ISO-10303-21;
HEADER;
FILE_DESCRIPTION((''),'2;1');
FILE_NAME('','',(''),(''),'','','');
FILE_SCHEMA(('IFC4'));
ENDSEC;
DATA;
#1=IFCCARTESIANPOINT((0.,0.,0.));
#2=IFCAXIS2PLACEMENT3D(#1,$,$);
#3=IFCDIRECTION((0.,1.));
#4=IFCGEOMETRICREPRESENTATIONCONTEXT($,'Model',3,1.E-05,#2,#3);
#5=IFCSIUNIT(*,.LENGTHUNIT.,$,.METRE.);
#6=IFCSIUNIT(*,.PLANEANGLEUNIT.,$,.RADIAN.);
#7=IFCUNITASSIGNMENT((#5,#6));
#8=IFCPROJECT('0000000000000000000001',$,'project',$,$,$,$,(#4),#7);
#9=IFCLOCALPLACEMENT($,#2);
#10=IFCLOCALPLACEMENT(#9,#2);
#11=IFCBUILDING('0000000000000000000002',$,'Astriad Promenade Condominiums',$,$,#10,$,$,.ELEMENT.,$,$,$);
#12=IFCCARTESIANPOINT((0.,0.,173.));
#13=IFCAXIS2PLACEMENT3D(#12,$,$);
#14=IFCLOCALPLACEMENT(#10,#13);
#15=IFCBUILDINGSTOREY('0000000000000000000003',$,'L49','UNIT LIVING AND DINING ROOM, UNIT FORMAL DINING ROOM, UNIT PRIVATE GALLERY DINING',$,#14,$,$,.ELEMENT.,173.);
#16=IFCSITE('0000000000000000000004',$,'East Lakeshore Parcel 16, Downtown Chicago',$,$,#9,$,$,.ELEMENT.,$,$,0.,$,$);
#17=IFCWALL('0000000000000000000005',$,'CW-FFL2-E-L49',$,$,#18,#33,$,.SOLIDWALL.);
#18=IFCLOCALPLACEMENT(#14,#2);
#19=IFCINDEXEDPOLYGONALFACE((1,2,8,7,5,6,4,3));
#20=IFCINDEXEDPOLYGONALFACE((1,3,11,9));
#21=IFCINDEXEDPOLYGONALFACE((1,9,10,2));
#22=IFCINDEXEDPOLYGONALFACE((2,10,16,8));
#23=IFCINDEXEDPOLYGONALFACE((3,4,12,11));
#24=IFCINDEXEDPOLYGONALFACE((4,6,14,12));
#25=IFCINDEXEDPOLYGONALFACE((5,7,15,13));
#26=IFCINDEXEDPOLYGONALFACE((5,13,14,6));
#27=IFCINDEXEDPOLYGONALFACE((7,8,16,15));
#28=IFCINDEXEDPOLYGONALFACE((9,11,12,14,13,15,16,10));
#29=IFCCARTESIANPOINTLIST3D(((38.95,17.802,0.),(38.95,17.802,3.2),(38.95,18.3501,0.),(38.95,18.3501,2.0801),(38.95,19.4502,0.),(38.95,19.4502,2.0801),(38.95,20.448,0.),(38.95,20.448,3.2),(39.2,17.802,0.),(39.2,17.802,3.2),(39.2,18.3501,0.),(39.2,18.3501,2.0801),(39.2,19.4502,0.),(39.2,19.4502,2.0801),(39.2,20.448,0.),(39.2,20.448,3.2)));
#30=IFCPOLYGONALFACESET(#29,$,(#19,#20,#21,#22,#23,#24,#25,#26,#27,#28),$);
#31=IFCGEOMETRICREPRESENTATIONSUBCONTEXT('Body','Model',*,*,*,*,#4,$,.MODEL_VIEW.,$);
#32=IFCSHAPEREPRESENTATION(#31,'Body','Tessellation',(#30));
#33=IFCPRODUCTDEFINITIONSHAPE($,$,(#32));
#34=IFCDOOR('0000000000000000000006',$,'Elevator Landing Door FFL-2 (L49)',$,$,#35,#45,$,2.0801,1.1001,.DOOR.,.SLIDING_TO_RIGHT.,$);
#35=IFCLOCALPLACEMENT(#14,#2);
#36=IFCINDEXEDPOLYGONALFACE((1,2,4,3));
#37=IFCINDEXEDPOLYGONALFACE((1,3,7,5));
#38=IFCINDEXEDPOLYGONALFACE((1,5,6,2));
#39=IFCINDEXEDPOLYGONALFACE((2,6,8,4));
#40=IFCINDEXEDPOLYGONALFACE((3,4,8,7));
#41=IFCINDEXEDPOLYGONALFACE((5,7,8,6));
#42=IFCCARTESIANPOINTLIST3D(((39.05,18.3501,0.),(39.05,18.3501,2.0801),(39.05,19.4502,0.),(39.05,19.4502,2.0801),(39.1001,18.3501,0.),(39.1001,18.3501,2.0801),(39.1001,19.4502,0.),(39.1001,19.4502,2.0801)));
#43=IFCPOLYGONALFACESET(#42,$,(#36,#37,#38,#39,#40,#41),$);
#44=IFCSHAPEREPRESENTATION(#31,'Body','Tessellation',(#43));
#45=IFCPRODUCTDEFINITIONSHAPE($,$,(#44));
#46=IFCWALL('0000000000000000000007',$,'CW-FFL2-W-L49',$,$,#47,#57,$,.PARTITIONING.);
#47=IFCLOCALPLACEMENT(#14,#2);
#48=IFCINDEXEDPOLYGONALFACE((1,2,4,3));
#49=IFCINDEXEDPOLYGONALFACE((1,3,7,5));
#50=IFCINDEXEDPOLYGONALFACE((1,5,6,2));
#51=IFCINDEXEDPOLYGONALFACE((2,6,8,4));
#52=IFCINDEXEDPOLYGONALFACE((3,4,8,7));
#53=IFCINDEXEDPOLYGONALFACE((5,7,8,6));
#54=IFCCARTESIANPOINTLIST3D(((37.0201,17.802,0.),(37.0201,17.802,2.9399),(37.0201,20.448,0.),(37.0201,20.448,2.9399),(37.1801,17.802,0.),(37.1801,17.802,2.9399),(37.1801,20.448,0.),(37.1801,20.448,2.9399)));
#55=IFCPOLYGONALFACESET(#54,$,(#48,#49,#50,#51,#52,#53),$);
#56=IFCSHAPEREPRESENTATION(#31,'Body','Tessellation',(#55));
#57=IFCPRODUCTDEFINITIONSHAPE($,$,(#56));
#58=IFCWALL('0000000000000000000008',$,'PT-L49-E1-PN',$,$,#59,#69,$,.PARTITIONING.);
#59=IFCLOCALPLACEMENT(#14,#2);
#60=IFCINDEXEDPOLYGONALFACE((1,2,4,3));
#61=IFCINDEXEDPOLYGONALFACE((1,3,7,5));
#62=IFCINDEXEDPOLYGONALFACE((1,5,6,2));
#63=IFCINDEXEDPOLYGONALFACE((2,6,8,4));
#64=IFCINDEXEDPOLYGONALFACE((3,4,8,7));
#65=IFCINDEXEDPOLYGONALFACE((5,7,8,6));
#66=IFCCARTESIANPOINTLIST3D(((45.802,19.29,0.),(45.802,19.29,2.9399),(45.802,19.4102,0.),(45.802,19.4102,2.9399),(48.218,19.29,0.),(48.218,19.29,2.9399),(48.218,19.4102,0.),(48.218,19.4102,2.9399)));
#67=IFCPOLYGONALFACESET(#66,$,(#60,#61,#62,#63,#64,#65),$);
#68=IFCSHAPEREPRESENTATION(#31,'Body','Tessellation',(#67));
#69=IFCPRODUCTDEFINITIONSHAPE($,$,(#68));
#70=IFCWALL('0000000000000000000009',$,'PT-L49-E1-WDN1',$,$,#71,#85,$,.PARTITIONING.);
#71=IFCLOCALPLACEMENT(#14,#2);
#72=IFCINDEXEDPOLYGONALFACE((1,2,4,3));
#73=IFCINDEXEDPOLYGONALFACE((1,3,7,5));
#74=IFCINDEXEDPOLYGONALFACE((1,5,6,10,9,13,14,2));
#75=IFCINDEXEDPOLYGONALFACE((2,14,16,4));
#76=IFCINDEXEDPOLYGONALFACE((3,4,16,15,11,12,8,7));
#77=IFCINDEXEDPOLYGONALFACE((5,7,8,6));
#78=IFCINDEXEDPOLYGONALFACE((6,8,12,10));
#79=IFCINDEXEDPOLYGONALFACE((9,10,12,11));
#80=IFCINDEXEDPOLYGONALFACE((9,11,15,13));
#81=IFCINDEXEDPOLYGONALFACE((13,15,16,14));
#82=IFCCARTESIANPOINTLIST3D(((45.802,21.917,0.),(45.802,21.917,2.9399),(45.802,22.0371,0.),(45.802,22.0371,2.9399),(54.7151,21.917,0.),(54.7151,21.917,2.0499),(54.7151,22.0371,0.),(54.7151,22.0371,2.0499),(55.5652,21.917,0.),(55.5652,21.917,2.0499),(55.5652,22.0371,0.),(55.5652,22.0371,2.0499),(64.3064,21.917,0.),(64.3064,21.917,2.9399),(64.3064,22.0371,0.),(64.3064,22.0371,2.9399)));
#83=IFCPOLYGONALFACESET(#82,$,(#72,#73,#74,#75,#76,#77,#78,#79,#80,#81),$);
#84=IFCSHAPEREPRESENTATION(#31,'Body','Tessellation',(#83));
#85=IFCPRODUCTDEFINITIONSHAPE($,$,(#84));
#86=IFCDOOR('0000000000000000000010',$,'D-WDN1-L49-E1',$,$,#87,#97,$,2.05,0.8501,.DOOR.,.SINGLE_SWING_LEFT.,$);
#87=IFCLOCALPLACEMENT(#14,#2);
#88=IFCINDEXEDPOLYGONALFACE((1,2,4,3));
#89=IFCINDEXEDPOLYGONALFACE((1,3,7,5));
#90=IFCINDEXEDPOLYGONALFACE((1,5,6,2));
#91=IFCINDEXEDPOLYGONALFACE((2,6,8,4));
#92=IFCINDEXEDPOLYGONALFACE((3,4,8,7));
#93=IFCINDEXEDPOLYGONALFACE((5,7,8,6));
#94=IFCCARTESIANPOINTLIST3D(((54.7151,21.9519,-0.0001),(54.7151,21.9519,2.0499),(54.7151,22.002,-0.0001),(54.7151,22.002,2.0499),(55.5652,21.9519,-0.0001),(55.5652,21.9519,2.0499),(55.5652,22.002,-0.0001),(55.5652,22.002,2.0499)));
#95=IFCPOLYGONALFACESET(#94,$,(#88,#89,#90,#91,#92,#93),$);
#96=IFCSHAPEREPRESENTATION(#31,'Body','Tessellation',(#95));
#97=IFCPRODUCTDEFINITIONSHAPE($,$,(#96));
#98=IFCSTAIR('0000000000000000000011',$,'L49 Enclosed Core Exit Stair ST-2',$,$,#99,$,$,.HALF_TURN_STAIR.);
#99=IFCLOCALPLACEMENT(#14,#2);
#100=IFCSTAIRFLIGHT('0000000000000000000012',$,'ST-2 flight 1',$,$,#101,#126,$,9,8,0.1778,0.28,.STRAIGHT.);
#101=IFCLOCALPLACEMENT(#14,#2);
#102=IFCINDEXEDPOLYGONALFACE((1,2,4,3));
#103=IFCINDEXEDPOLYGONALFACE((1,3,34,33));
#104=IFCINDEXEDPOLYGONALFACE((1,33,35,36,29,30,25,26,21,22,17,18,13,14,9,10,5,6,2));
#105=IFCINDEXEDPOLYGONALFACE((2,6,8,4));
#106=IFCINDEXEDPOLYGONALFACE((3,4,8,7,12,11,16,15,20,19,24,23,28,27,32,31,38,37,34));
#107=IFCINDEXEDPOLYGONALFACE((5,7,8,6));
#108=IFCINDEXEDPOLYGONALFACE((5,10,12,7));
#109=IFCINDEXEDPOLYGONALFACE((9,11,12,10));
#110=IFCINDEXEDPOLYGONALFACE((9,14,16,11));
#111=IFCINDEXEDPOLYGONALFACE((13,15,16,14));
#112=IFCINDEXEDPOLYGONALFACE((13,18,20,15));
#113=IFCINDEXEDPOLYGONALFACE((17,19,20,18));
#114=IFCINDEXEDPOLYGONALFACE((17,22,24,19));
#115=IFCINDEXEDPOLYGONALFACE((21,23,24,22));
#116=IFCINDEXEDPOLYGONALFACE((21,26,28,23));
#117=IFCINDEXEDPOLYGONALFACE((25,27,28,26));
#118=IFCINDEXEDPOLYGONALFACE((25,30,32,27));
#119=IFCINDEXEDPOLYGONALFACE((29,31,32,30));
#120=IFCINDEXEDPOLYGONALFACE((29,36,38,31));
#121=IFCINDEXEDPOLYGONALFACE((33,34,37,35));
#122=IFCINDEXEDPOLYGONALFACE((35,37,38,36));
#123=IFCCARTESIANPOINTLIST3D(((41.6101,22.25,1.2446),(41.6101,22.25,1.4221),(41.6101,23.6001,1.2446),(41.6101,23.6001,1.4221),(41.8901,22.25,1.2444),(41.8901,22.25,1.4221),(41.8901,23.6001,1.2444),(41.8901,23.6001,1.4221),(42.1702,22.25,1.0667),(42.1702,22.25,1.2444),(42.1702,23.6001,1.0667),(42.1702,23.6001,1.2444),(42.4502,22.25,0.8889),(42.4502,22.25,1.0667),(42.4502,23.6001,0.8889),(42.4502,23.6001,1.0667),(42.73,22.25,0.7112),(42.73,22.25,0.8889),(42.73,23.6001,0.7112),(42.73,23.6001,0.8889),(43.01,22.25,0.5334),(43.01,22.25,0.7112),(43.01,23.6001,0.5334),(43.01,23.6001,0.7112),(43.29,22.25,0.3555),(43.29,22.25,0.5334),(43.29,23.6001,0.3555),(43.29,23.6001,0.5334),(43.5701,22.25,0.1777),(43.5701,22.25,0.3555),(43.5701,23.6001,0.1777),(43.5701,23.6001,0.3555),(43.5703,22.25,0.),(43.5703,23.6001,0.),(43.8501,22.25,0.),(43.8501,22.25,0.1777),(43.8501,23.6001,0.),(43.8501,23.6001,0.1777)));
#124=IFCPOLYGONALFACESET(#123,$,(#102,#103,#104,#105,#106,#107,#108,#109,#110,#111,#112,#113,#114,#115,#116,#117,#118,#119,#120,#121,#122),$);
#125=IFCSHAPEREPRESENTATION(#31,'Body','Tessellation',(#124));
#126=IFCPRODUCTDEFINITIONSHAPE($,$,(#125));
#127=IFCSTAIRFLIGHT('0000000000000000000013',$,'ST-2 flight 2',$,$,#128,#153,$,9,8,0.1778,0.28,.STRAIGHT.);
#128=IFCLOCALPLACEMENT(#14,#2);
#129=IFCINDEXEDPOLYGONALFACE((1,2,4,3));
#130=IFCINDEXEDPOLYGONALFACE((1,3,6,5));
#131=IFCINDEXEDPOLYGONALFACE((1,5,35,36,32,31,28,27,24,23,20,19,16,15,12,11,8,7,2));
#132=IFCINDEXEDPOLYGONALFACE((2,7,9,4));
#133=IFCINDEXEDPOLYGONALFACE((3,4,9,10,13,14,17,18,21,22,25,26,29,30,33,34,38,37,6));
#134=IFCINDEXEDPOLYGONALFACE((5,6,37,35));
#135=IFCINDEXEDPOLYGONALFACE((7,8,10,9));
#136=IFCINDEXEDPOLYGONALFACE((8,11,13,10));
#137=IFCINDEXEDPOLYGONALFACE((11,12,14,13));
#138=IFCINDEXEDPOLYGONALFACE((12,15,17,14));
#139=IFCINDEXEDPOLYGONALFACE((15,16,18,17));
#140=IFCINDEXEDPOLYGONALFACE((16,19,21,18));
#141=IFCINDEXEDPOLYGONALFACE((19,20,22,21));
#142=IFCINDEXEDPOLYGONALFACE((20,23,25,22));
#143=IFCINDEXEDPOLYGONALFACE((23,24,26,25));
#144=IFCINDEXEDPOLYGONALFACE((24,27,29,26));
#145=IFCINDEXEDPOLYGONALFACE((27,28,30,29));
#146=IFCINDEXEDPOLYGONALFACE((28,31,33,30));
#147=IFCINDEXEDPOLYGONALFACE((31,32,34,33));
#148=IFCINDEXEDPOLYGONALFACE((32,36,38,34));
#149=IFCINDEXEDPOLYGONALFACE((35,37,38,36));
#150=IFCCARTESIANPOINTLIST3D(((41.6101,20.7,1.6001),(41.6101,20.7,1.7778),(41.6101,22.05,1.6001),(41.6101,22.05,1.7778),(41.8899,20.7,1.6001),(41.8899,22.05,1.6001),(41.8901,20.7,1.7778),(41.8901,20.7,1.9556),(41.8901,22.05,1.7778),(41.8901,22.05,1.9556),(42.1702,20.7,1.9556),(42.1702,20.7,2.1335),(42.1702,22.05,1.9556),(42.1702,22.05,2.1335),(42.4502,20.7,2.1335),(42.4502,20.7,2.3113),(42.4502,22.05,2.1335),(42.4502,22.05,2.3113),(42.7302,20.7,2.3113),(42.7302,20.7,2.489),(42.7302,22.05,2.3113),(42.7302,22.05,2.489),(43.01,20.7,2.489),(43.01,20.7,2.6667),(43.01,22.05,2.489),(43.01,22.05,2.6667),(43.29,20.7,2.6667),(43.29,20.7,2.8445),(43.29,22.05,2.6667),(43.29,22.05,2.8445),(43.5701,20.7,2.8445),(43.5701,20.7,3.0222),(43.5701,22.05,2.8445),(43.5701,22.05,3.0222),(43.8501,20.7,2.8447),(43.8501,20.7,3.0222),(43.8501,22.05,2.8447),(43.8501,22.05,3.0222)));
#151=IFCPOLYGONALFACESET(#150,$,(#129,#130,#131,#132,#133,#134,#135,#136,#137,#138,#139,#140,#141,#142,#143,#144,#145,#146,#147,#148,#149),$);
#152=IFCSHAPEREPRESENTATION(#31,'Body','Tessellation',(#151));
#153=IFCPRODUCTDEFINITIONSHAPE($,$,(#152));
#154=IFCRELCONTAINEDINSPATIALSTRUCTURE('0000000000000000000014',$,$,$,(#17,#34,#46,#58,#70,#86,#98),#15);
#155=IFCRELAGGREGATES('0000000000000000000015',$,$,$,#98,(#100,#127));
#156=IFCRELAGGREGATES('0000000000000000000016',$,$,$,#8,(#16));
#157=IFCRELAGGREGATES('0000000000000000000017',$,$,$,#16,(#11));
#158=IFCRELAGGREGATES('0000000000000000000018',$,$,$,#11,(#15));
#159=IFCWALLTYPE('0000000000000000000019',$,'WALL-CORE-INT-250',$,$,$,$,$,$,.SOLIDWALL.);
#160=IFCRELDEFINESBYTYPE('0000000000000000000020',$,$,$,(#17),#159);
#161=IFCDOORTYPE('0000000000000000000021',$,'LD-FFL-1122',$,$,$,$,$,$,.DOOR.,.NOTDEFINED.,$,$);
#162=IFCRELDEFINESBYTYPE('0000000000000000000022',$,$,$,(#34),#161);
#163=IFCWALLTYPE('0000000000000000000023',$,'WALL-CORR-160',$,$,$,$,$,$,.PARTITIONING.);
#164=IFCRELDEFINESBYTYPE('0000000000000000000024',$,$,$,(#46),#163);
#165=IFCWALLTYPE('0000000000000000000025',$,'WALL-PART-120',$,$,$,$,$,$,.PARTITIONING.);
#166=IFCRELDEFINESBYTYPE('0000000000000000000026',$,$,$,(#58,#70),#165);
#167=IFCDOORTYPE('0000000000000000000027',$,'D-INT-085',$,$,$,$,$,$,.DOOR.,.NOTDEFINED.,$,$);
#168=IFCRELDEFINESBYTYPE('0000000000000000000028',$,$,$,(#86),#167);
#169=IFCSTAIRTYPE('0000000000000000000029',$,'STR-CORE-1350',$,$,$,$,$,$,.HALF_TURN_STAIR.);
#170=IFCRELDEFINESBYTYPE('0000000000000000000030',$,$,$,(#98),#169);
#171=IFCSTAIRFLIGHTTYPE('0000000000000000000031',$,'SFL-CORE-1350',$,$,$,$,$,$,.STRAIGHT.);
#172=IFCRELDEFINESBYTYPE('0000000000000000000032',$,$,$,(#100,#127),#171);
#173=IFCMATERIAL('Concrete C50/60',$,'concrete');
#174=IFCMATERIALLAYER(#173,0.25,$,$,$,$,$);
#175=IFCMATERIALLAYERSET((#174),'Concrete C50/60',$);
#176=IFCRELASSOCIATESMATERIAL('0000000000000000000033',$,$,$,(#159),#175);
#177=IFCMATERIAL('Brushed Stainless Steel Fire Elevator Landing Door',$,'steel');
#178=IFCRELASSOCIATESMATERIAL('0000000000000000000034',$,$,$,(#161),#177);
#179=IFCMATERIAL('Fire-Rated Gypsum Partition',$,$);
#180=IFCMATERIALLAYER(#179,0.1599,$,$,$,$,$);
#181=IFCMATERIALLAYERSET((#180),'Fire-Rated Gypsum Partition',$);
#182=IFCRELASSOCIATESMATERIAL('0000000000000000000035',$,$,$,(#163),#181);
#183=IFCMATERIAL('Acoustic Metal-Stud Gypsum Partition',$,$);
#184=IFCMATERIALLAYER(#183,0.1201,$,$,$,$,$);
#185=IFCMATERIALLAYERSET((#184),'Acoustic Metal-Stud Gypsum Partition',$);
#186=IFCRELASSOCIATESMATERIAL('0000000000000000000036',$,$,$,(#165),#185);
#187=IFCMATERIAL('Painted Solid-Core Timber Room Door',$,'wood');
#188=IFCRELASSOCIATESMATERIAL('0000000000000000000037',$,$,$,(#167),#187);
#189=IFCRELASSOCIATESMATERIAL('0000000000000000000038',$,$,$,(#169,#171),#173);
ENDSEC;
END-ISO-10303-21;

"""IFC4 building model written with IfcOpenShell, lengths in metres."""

from ifc_helpers import new_model, si_unit, direction, frame, frame_2d, origin, place, context, subcontext, project, spatial, polyline, rectangle, outline, extrude, source, transform, mapped, material, layer, layer_set, type_object, type_shapes, element, fill, aggregate, save


model = new_model("IFC4")

# Units and contexts
model_context = context("Model", 3, precision=1e-05, world=origin(), true_north=direction((0.0, 1.0)))
body_context = subcontext(model_context, "Body", "Model", "MODEL_VIEW")
ifc_project = project(units=[si_unit("LENGTHUNIT", "METRE"), si_unit("PLANEANGLEUNIT", "RADIAN")], contexts=[model_context])

# Site, building, storey
site_placement = place(None, origin())
site = spatial("IfcSite", under=ifc_project, at=site_placement, Name="East Lakeshore Parcel 16, Downtown Chicago", CompositionType="ELEMENT", RefElevation=0.0)
building_placement = place(site_placement, origin())
building = spatial("IfcBuilding", under=site, at=building_placement, Name="Astriad Promenade Condominiums", CompositionType="ELEMENT")
storey_placement = place(building_placement, frame((0.0, 0.0, 173.0)))
storey = spatial("IfcBuildingStorey", under=building, at=storey_placement, Name="L49", Description="UNIT LIVING AND DINING ROOM, UNIT FORMAL DINING ROOM, UNIT PRIVATE GALLERY DINING", CompositionType="ELEMENT", Elevation=173.0)

# Shared definitions
ifc_material_1 = material(Name="Concrete C50/60", Category="concrete")

# Shared definitions
ifc_layer_1 = layer(ifc_material_1, 0.25)
ifc_layer_set_1 = layer_set([ifc_layer_1], Name="Concrete C50/60")
wall_type_1 = type_object("IfcWallType", Name="WALL-CORE-INT-250", PredefinedType="SOLIDWALL", material=ifc_layer_set_1)

# Wall, opening, door
wall_1_placement = place(storey_placement, frame((39.075, 17.802, 0.0), z_axis=(0.0, 0.0, 1.0), x_axis=(0.0, 1.0, 0.0)))
wall_1 = element("IfcWall", 1, at=wall_1_placement, inside=storey, type_object=wall_type_1, Name="CW-FFL2-E-L49", PredefinedType="SOLIDWALL", context=body_context, shape_type="SweptSolid", body=[
    extrude(rectangle(XDim=2.646, YDim=0.25, at=frame_2d((1.323, 0.0))), origin(), (0.0, 0.0, 1.0), 3.2),
])
opening_1_placement = place(wall_1_placement, frame((0.5481, 0.0, 0.0)))
opening_1 = element("IfcOpeningElement", 2, at=opening_1_placement, cuts=wall_1, PredefinedType="OPENING", context=body_context, shape_type="SweptSolid", body=[
    extrude(rectangle(XDim=1.1001, YDim=2.0801, at=frame_2d((0.55, 1.04))), frame((0.0, 0.135, 0.0), z_axis=(0.0, -1.0, 0.0), x_axis=(1.0, 0.0, 0.0)), (0.0, 0.0, 1.0), 0.27),
])
ifc_material_2 = material(Name="Brushed Stainless Steel Fire Elevator Landing Door", Category="steel")
door_type_1 = type_object("IfcDoorType", Name="LD-FFL-1122", OperationType="NOTDEFINED", PredefinedType="DOOR", material=ifc_material_2)
shared_shape_1 = source(origin(), body_context, "Body", "SweptSolid", [
    extrude(rectangle(XDim=1.1001, YDim=2.0801, at=frame_2d((0.55, 1.04))), frame((0.0, 0.0249, 0.0), z_axis=(0.0, -1.0, 0.0), x_axis=(1.0, 0.0, 0.0)), (0.0, 0.0, 1.0), 0.05),
])
type_shapes(door_type_1, [shared_shape_1])
door_1_placement = place(opening_1_placement, origin())
door_1 = element("IfcDoor", 3, at=door_1_placement, inside=storey, type_object=door_type_1, Name="Elevator Landing Door FFL-2 (L49)", OperationType="SLIDING_TO_RIGHT", OverallHeight=2.0801, OverallWidth=1.1001, PredefinedType="DOOR", context=body_context, shape_type="MappedRepresentation", body=[
    mapped(shared_shape_1, transform((0.0, 0.0, 0.0), scale=1.0)),
])
fill(opening_1, door_1)

# Walls
ifc_material_3 = material(Name="Fire-Rated Gypsum Partition")
ifc_layer_2 = layer(ifc_material_3, 0.1599)
ifc_layer_set_2 = layer_set([ifc_layer_2], Name="Fire-Rated Gypsum Partition")
wall_type_2 = type_object("IfcWallType", Name="WALL-CORR-160", PredefinedType="PARTITIONING", material=ifc_layer_set_2)
wall_2_placement = place(storey_placement, frame((37.1001, 17.802, 0.0), z_axis=(0.0, 0.0, 1.0), x_axis=(0.0, 1.0, 0.0)))
element("IfcWall", 4, at=wall_2_placement, inside=storey, type_object=wall_type_2, Name="CW-FFL2-W-L49", PredefinedType="PARTITIONING", context=body_context, shape_type="SweptSolid", body=[
    extrude(rectangle(XDim=2.646, YDim=0.1599, at=frame_2d((1.323, 0.0))), origin(), (0.0, 0.0, 1.0), 2.9399),
])
ifc_material_4 = material(Name="Acoustic Metal-Stud Gypsum Partition")
ifc_layer_3 = layer(ifc_material_4, 0.1201)
ifc_layer_set_3 = layer_set([ifc_layer_3], Name="Acoustic Metal-Stud Gypsum Partition")
wall_type_3 = type_object("IfcWallType", Name="WALL-PART-120", PredefinedType="PARTITIONING", material=ifc_layer_set_3)
wall_3_placement = place(storey_placement, frame((45.802, 19.3501, 0.0), z_axis=(0.0, 0.0, 1.0), x_axis=(1.0, 0.0, 0.0)))
element("IfcWall", 5, at=wall_3_placement, inside=storey, type_object=wall_type_3, Name="PT-L49-E1-PN", PredefinedType="PARTITIONING", context=body_context, shape_type="SweptSolid", body=[
    extrude(rectangle(XDim=2.416, YDim=0.1201, at=frame_2d((1.208, 0.0))), origin(), (0.0, 0.0, 1.0), 2.9399),
])

# Wall, opening, door
wall_4_placement = place(storey_placement, frame((45.802, 21.9771, 0.0), z_axis=(0.0, 0.0, 1.0), x_axis=(1.0, 0.0, 0.0)))
wall_4 = element("IfcWall", 6, at=wall_4_placement, inside=storey, type_object=wall_type_3, Name="PT-L49-E1-WDN1", PredefinedType="PARTITIONING", context=body_context, shape_type="SweptSolid", body=[
    extrude(rectangle(XDim=18.5044, YDim=0.1201, at=frame_2d((9.2522, 0.0))), origin(), (0.0, 0.0, 1.0), 2.9399),
])
opening_2_placement = place(wall_4_placement, frame((8.9131, 0.0, 0.0)))
opening_2 = element("IfcOpeningElement", 7, at=opening_2_placement, cuts=wall_4, PredefinedType="OPENING", context=body_context, shape_type="SweptSolid", body=[
    extrude(rectangle(XDim=0.8501, YDim=2.05, at=frame_2d((0.425, 1.0249))), frame((0.0, 0.0701, 0.0), z_axis=(0.0, -1.0, 0.0), x_axis=(1.0, 0.0, 0.0)), (0.0, 0.0, 1.0), 0.1401),
])
ifc_material_5 = material(Name="Painted Solid-Core Timber Room Door", Category="wood")
door_type_2 = type_object("IfcDoorType", Name="D-INT-085", OperationType="NOTDEFINED", PredefinedType="DOOR", material=ifc_material_5)
shared_shape_2 = source(origin(), body_context, "Body", "SweptSolid", [
    extrude(rectangle(XDim=0.8501, YDim=2.05, at=frame_2d((0.425, 1.0249))), frame((0.0, 0.0249, 0.0), z_axis=(0.0, -1.0, 0.0), x_axis=(1.0, 0.0, 0.0)), (0.0, 0.0, 1.0), 0.05),
])
type_shapes(door_type_2, [shared_shape_2])
door_2_placement = place(opening_2_placement, origin())
door_2 = element("IfcDoor", 8, at=door_2_placement, inside=storey, type_object=door_type_2, Name="D-WDN1-L49-E1", OperationType="SINGLE_SWING_LEFT", OverallHeight=2.05, OverallWidth=0.8501, PredefinedType="DOOR", context=body_context, shape_type="MappedRepresentation", body=[
    mapped(shared_shape_2, transform((0.0, 0.0, 0.0), scale=1.0)),
])
fill(opening_2, door_2)

# Stair, stair flights
stair_type = type_object("IfcStairType", Name="STR-CORE-1350", PredefinedType="HALF_TURN_STAIR", material=ifc_material_1)
stair_placement = place(storey_placement, origin())
stair = element("IfcStair", 9, at=stair_placement, inside=storey, type_object=stair_type, Name="L49 Enclosed Core Exit Stair ST-2", PredefinedType="HALF_TURN_STAIR")
stair_flight_type = type_object("IfcStairFlightType", Name="SFL-CORE-1350", PredefinedType="STRAIGHT", material=ifc_material_1)
shared_shape_3 = source(origin(), body_context, "Body", "SweptSolid", [
    extrude(outline(polyline([(0.0, 0.0), (0.0, 0.1777), (0.28, 0.1777), (0.28, 0.3555), (0.5601, 0.3555), (0.5601, 0.5334), (0.8401, 0.5334), (0.8401, 0.7112), (1.1201, 0.7112), (1.1201, 0.8889), (1.3999, 0.8889), (1.3999, 1.0667), (1.6799, 1.0667), (1.6799, 1.2444), (1.96, 1.2444), (1.96, 1.4221), (2.24, 1.4221), (2.24, 1.6001), (2.24, 1.2446), (0.2798, 0.0), (0.0, 0.0)])), frame((0.0, 0.675, 0.0), z_axis=(0.0, -1.0, 0.0), x_axis=(1.0, 0.0, 0.0)), (0.0, 0.0, 1.0), 1.3501),
])
type_shapes(stair_flight_type, [shared_shape_3])
stair_flight_1_placement = place(storey_placement, frame((43.8501, 22.925, 0.0), z_axis=(0.0, 0.0, 1.0), x_axis=(-1.0, 0.0, 0.0)))
stair_flight_1 = element("IfcStairFlight", 10, at=stair_flight_1_placement, type_object=stair_flight_type, Name="ST-2 flight 1", NumberOfRisers=9, NumberOfTreads=8, PredefinedType="STRAIGHT", RiserHeight=0.1778, TreadLength=0.28, context=body_context, shape_type="MappedRepresentation", body=[
    mapped(shared_shape_3, transform((0.0, 0.0, 0.0), scale=1.0)),
])
stair_flight_2_placement = place(storey_placement, frame((41.6101, 21.375, 1.6001), z_axis=(0.0, 0.0, 1.0), x_axis=(1.0, 0.0, 0.0)))
stair_flight_2 = element("IfcStairFlight", 11, at=stair_flight_2_placement, type_object=stair_flight_type, Name="ST-2 flight 2", NumberOfRisers=9, NumberOfTreads=8, PredefinedType="STRAIGHT", RiserHeight=0.1778, TreadLength=0.28, context=body_context, shape_type="MappedRepresentation", body=[
    mapped(shared_shape_3, transform((0.0, 0.0, 0.0), scale=1.0)),
])
aggregate(stair, [stair_flight_1, stair_flight_2])

save(model, "model.ifc")
